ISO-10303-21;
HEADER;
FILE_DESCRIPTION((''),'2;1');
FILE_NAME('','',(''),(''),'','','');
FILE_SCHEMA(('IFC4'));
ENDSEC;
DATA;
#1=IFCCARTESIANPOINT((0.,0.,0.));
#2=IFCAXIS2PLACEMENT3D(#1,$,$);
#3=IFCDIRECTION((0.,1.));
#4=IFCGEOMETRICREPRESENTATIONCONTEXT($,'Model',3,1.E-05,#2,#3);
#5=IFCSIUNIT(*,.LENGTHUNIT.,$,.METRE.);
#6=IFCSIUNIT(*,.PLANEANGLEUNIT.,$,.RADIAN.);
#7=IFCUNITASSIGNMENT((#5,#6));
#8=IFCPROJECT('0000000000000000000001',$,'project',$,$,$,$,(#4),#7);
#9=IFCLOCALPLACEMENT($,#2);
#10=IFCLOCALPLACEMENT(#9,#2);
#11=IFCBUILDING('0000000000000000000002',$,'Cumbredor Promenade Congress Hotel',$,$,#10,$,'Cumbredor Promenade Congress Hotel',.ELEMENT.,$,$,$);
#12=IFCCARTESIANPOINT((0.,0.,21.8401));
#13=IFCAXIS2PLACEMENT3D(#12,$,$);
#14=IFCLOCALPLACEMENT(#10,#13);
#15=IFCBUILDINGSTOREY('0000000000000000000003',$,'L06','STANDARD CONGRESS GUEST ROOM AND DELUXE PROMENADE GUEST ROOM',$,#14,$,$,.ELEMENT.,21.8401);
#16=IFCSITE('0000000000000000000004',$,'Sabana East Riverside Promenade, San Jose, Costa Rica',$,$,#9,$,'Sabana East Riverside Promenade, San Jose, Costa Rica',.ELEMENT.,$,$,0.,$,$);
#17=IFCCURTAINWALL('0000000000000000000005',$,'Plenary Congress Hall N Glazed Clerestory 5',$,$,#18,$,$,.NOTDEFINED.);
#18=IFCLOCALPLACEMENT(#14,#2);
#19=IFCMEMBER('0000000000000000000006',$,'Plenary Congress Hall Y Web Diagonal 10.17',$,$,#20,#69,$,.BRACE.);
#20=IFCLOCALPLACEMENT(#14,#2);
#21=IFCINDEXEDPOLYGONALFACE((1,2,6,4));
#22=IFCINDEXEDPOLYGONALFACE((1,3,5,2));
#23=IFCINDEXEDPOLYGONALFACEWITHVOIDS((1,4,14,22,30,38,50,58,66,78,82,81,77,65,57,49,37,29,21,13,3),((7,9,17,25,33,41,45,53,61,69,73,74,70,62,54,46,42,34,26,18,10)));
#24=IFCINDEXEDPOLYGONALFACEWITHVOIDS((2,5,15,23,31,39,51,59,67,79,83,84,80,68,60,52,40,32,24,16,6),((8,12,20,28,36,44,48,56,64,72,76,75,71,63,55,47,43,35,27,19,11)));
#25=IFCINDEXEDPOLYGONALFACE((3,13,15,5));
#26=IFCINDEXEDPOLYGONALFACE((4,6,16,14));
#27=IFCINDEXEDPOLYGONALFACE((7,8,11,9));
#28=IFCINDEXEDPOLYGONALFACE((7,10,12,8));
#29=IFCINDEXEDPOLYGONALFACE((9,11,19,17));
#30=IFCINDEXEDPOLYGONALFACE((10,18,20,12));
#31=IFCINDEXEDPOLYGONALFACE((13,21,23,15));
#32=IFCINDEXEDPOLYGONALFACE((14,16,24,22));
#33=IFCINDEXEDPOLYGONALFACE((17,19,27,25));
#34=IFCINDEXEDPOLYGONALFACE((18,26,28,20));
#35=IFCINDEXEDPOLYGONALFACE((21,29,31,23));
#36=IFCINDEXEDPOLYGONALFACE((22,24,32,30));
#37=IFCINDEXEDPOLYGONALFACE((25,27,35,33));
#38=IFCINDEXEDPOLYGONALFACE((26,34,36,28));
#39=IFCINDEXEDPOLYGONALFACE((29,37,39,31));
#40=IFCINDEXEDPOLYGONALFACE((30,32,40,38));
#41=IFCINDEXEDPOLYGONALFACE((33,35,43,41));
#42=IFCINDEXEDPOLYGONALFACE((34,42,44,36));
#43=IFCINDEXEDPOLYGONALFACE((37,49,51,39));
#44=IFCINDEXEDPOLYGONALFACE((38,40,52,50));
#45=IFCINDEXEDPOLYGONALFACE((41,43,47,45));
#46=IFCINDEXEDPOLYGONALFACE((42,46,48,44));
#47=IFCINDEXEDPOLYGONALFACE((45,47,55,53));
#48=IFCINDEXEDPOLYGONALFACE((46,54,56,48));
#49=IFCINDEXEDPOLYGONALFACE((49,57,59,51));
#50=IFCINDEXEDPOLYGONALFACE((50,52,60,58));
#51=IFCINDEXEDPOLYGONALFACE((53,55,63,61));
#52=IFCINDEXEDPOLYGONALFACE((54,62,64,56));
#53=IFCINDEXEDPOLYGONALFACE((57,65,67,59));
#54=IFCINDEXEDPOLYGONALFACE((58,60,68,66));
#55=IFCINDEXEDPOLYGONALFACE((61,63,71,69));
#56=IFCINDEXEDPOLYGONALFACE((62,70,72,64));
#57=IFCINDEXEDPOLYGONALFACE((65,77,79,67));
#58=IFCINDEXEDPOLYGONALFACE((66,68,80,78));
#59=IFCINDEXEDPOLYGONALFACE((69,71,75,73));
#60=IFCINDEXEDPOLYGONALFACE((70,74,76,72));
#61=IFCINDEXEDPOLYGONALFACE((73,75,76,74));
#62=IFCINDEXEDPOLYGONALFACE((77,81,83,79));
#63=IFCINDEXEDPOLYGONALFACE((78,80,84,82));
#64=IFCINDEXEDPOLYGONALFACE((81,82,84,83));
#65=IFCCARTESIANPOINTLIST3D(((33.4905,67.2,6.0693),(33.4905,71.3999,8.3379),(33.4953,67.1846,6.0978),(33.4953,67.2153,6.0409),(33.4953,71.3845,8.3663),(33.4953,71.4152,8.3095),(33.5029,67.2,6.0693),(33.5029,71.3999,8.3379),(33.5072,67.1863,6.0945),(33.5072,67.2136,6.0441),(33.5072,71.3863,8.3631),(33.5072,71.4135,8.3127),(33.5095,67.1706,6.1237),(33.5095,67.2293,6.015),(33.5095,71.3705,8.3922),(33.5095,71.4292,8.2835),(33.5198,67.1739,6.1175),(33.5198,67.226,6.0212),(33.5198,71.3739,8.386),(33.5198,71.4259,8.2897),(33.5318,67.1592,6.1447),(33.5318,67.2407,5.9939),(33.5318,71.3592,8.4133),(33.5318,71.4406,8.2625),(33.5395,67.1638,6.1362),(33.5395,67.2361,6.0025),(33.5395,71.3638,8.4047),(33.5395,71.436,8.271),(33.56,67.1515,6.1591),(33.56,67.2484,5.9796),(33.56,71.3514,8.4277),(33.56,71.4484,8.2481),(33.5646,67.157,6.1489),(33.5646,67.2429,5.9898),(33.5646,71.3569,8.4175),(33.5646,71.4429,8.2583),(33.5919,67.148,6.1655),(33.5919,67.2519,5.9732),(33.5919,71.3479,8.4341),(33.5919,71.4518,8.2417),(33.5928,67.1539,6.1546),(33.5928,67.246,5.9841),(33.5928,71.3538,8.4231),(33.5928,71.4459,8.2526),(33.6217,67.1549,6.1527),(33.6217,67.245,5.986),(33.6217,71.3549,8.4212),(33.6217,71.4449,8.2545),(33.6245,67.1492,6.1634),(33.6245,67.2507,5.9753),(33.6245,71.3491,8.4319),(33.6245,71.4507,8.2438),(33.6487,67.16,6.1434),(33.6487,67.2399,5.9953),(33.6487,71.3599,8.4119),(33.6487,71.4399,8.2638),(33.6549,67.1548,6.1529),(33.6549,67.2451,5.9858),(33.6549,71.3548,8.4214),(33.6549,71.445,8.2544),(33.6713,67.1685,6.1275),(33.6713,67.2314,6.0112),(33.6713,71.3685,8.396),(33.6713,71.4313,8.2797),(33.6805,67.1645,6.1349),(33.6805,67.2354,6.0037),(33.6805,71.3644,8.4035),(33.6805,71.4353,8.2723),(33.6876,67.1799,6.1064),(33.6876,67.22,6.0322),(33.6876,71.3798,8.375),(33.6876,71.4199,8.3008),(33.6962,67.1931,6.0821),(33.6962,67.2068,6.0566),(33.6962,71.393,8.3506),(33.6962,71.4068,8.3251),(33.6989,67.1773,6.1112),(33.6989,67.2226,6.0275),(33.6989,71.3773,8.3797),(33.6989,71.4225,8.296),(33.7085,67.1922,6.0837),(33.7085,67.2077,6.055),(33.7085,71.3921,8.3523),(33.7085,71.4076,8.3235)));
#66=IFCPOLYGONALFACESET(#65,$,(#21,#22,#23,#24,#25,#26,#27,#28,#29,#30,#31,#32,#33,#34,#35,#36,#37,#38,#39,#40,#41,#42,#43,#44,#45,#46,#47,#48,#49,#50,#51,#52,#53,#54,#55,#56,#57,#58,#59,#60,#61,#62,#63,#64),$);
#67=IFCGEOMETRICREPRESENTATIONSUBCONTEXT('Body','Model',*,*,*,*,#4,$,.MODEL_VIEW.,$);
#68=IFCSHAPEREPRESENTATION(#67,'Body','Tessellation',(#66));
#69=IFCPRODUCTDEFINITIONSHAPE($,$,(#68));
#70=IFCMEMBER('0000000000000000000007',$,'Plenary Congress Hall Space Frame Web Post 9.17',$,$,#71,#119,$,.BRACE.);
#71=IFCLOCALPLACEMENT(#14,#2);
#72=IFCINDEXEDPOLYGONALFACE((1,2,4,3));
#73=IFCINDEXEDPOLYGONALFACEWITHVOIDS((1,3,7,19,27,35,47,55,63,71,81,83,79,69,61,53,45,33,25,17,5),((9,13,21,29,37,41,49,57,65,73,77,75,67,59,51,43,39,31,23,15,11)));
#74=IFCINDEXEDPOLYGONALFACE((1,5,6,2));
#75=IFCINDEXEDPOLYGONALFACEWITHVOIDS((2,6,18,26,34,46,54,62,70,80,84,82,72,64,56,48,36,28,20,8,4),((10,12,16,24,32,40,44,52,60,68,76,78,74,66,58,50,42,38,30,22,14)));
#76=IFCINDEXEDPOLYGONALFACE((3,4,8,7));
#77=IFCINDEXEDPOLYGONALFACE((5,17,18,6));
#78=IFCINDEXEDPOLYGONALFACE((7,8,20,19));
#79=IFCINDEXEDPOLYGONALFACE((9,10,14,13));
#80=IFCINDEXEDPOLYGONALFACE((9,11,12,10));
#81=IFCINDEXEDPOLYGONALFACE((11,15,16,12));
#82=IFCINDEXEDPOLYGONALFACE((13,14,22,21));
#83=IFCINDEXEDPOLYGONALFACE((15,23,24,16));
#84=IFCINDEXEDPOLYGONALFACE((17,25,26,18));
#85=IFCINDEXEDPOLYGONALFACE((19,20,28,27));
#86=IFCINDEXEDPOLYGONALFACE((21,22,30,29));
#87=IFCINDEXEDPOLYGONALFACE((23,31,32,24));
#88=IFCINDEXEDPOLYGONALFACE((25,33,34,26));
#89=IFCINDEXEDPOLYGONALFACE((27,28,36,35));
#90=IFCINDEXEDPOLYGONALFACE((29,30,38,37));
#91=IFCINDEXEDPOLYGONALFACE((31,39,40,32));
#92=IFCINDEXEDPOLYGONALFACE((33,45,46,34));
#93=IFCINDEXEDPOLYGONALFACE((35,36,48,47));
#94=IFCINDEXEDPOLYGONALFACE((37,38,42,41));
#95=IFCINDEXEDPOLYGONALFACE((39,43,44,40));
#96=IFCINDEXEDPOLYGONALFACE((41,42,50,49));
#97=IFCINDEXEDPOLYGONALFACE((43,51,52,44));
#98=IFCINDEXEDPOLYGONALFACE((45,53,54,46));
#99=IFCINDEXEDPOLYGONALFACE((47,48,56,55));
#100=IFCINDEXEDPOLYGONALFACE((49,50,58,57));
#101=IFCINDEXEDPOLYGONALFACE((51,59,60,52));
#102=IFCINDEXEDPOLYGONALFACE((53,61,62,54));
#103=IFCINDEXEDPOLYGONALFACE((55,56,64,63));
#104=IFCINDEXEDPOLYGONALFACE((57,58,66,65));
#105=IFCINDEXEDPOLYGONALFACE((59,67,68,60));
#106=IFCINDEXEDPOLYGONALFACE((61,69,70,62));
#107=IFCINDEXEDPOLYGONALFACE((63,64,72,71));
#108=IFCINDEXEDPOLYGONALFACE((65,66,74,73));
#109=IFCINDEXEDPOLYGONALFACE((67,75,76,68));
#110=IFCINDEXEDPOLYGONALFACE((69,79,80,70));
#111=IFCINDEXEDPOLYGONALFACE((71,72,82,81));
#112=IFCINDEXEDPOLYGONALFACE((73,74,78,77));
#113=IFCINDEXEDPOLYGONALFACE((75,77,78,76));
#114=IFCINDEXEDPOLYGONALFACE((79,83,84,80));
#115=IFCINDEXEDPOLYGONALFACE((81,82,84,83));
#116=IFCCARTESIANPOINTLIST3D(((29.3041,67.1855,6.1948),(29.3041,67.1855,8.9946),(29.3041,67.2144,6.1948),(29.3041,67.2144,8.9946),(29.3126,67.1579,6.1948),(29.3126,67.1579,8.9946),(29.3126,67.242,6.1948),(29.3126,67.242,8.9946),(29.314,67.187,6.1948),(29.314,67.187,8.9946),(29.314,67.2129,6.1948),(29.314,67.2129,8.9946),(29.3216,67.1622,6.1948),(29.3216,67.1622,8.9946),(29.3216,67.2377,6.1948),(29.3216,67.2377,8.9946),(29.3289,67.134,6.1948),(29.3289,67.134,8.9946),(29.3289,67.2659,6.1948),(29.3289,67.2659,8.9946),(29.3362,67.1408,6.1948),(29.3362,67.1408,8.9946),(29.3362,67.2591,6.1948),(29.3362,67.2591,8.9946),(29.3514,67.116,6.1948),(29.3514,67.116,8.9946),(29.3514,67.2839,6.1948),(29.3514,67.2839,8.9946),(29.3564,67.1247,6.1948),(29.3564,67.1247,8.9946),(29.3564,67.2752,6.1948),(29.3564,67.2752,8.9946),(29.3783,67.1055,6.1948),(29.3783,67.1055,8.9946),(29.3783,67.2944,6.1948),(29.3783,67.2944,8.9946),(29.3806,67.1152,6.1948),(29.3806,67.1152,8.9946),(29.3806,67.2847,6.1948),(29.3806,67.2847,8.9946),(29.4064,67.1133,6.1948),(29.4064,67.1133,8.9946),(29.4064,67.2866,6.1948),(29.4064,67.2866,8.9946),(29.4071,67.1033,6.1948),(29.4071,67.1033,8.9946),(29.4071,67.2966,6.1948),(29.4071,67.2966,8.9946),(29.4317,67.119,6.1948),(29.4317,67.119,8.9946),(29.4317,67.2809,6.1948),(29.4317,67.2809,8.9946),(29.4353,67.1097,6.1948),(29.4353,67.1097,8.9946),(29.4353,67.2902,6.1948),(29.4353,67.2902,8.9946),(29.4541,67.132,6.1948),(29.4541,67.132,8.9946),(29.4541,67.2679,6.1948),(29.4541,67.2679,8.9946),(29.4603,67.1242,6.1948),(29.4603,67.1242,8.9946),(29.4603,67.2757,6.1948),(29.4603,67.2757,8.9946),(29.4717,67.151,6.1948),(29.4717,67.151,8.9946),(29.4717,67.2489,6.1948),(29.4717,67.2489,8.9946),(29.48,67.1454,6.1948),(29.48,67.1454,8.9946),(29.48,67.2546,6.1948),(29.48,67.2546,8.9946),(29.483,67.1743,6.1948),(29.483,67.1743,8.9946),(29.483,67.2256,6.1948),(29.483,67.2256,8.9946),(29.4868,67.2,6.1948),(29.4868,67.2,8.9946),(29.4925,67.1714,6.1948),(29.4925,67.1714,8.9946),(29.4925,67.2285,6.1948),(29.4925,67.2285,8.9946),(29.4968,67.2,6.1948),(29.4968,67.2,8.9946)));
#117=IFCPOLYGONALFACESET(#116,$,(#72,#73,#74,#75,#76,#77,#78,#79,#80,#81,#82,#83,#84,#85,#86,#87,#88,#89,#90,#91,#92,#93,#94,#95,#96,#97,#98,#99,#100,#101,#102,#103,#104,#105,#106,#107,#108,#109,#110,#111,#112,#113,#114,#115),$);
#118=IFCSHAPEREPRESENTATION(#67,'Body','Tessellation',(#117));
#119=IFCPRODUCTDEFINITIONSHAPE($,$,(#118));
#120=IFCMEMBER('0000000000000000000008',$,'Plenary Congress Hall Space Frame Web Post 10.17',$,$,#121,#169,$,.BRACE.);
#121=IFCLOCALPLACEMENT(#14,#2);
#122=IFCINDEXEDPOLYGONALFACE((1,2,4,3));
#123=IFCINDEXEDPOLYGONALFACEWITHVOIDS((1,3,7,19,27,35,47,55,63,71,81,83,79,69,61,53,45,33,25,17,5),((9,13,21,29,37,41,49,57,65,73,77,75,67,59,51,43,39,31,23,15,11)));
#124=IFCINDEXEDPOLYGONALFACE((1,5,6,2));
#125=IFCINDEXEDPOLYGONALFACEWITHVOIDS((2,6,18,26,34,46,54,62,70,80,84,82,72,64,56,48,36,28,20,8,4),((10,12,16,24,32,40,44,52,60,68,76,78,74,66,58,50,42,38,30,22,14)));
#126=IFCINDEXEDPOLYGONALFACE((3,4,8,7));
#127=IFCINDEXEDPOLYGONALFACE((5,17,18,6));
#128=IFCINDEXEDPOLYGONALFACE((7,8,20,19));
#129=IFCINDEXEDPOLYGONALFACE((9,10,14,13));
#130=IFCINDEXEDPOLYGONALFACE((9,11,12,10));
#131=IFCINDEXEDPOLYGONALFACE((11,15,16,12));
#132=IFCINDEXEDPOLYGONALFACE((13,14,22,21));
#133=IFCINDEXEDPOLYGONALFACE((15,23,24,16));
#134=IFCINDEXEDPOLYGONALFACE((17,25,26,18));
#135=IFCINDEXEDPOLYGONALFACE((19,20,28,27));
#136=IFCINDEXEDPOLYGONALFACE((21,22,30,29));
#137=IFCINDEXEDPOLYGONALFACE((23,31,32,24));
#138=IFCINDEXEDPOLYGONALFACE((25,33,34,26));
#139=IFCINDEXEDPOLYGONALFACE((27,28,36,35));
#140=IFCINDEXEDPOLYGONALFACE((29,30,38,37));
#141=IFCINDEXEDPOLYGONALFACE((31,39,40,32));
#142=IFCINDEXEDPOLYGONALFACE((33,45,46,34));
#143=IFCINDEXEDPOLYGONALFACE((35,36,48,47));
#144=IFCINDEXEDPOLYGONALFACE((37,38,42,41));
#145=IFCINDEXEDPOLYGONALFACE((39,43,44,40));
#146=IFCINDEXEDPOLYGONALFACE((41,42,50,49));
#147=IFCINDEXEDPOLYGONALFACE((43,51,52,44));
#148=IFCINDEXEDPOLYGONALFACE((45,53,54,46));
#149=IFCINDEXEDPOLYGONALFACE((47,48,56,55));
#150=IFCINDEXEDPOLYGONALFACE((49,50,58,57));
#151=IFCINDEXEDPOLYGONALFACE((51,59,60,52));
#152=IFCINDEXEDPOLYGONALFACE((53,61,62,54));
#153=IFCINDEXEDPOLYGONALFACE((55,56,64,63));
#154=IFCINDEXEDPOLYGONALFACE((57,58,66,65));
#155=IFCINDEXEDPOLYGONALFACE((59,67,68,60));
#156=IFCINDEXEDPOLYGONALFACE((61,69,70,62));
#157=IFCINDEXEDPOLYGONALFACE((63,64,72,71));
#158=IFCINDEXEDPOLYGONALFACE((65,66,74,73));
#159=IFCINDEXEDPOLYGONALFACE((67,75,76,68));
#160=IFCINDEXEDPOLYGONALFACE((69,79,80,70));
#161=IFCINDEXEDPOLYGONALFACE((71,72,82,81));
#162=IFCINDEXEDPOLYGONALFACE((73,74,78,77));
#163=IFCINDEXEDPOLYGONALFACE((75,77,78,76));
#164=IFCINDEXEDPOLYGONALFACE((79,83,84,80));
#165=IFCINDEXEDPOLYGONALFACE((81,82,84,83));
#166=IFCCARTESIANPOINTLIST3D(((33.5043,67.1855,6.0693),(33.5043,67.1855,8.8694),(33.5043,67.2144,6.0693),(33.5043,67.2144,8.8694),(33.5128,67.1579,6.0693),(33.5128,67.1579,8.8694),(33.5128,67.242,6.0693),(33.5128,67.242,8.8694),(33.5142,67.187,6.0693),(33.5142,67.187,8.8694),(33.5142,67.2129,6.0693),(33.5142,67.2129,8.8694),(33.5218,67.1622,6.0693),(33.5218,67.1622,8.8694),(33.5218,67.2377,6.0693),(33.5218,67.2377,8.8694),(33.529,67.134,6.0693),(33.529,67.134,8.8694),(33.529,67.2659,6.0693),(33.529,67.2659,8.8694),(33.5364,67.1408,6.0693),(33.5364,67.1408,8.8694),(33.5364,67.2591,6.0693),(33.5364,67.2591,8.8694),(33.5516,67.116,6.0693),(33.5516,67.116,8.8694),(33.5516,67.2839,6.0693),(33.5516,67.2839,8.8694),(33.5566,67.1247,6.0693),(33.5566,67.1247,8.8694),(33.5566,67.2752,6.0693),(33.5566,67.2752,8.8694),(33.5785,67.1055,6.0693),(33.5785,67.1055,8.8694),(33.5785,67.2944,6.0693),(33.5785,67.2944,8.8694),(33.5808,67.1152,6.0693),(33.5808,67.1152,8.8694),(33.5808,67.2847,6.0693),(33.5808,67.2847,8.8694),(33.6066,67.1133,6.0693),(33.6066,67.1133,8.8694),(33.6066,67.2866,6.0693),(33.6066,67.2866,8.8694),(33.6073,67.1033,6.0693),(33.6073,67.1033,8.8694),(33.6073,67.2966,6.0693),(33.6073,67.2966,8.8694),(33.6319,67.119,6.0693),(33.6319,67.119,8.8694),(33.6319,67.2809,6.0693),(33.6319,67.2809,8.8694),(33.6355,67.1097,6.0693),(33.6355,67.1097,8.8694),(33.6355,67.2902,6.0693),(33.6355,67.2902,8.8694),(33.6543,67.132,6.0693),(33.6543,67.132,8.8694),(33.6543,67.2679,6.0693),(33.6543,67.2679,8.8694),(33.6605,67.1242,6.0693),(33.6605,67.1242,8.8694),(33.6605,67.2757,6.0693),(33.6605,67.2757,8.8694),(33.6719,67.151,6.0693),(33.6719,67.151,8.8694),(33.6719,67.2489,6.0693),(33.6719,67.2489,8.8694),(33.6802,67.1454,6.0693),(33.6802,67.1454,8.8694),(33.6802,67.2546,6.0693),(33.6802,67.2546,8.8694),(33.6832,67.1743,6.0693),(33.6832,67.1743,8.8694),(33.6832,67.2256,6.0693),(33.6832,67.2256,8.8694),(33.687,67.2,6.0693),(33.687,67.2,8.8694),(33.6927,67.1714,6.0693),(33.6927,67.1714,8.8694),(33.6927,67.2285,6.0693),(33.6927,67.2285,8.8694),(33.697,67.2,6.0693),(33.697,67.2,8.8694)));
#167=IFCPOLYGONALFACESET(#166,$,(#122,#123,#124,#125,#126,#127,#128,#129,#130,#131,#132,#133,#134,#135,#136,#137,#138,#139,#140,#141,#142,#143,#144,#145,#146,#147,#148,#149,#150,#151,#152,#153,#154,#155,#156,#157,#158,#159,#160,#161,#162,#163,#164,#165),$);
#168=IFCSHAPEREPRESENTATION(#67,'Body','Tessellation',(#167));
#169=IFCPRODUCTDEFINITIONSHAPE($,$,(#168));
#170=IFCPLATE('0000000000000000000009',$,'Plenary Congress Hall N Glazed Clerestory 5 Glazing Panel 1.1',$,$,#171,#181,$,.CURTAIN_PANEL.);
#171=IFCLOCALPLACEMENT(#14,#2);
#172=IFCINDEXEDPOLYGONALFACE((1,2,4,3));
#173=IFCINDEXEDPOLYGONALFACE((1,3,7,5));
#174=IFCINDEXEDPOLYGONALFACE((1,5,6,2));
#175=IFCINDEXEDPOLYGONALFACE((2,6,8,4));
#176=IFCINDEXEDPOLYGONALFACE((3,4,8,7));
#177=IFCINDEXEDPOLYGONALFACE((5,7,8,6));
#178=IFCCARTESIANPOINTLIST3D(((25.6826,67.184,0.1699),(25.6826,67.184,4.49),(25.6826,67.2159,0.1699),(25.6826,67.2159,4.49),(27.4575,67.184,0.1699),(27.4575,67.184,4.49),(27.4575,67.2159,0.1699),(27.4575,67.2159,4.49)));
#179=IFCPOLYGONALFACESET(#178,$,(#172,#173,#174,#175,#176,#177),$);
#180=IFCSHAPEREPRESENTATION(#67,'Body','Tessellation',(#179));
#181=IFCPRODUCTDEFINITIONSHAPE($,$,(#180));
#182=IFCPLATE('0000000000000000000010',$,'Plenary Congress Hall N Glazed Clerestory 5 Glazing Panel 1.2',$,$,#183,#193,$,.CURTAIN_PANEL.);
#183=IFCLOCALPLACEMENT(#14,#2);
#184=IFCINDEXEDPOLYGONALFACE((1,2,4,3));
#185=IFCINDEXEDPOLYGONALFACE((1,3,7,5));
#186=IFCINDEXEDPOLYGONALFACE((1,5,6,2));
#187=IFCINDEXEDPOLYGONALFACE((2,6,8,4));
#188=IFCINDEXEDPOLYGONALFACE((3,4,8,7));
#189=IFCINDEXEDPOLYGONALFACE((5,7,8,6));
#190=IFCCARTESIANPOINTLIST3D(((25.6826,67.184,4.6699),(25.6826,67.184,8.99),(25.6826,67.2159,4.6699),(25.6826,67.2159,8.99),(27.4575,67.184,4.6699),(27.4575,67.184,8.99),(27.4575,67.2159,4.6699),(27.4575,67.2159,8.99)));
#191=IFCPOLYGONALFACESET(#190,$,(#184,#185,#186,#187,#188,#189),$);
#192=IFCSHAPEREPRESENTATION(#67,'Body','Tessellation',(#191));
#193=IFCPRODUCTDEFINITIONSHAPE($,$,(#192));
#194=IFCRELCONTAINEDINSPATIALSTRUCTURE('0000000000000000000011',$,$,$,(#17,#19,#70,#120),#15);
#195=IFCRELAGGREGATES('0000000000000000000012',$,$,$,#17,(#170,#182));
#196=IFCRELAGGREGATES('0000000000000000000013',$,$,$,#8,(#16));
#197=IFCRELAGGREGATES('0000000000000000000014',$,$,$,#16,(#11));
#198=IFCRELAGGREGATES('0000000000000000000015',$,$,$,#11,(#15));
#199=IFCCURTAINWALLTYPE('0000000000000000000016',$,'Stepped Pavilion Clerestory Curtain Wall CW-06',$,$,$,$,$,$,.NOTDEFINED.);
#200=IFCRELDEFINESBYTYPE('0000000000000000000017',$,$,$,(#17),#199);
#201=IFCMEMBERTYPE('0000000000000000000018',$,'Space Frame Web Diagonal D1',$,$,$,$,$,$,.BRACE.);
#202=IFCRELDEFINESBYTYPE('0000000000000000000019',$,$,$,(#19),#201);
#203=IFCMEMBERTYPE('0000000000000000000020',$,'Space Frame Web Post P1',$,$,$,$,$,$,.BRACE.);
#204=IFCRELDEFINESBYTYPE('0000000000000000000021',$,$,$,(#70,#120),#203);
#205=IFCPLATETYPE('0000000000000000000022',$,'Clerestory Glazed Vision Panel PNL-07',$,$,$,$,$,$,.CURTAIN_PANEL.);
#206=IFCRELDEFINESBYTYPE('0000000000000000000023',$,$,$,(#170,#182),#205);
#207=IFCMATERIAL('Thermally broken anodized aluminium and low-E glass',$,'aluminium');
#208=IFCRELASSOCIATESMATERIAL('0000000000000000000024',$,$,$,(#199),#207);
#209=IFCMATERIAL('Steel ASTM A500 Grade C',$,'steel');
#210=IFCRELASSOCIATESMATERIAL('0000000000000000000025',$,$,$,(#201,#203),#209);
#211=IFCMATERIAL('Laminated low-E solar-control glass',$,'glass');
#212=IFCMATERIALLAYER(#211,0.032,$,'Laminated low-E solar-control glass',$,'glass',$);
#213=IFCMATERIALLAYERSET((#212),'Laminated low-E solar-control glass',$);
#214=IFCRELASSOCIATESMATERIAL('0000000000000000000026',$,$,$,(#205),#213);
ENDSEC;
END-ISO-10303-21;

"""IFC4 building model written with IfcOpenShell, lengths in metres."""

from ifc_helpers import new_model, si_unit, direction, frame, origin, origin_2d, place, context, subcontext, project, spatial, rectangle, hollow_circle, extrude, material, layer, layer_set, material_profile, profile_set, type_object, element, aggregate, save


model = new_model("IFC4")

# Units and contexts
model_context = context("Model", 3, precision=1e-05, world=origin(), true_north=direction((0.0, 1.0)))
body_context = subcontext(model_context, "Body", "Model", "MODEL_VIEW")
ifc_project = project(units=[si_unit("LENGTHUNIT", "METRE"), si_unit("PLANEANGLEUNIT", "RADIAN")], contexts=[model_context])

# Site, building, storey
site_placement = place(None, origin())
site = spatial("IfcSite", under=ifc_project, at=site_placement, Name="Sabana East Riverside Promenade, San Jose, Costa Rica", LongName="Sabana East Riverside Promenade, San Jose, Costa Rica", CompositionType="ELEMENT", RefElevation=0.0)
building_placement = place(site_placement, origin())
building = spatial("IfcBuilding", under=site, at=building_placement, Name="Cumbredor Promenade Congress Hotel", LongName="Cumbredor Promenade Congress Hotel", CompositionType="ELEMENT")
storey_placement = place(building_placement, frame((0.0, 0.0, 21.8401)))
storey = spatial("IfcBuildingStorey", under=building, at=storey_placement, Name="L06", Description="STANDARD CONGRESS GUEST ROOM AND DELUXE PROMENADE GUEST ROOM", CompositionType="ELEMENT", Elevation=21.8401)

# Curtain wall
ifc_material_1 = material(Name="Thermally broken anodized aluminium and low-E glass", Category="aluminium")
curtain_wall_type = type_object("IfcCurtainWallType", Name="Stepped Pavilion Clerestory Curtain Wall CW-06", PredefinedType="NOTDEFINED", material=ifc_material_1)
curtain_wall_1_placement = place(storey_placement, origin())
curtain_wall_1 = element("IfcCurtainWall", 1, at=curtain_wall_1_placement, inside=storey, type_object=curtain_wall_type, Name="Plenary Congress Hall N Glazed Clerestory 5", PredefinedType="NOTDEFINED")

# Members
ifc_material_2 = material(Name="Steel ASTM A500 Grade C", Category="steel")
ifc_material_profile_1 = material_profile(ifc_material_2, hollow_circle(Radius=0.1096, WallThickness=0.0125, at=origin_2d()), Name="CHS 219.1x12.5")
ifc_profile_set_1 = profile_set([ifc_material_profile_1], Name="Steel ASTM A500 Grade C")
member_type_1 = type_object("IfcMemberType", Name="Space Frame Web Diagonal D1", PredefinedType="BRACE", material=ifc_profile_set_1)
member_1_placement = place(storey_placement, frame((33.6001, 67.2, 6.0693), z_axis=(0.0, 0.879855, 0.475243), x_axis=(-1.0, 0.0, 0.0)))
element("IfcMember", 2, at=member_1_placement, inside=storey, type_object=member_type_1, Name="Plenary Congress Hall Y Web Diagonal 10.17", PredefinedType="BRACE", context=body_context, shape_type="SweptSolid", body=[
    extrude(hollow_circle(Radius=0.1096, WallThickness=0.0125, at=origin_2d()), origin(), (0.0, 0.0, 1.0), 4.7734),
])
ifc_material_profile_2 = material_profile(ifc_material_2, hollow_circle(Radius=0.0969, WallThickness=0.01, at=origin_2d()), Name="CHS 193.7x10")
ifc_profile_set_2 = profile_set([ifc_material_profile_2], Name="Steel ASTM A500 Grade C")
member_type_2 = type_object("IfcMemberType", Name="Space Frame Web Post P1", PredefinedType="BRACE", material=ifc_profile_set_2)
member_2_placement = place(storey_placement, frame((29.3999, 67.2, 6.1948), z_axis=(0.0, 0.0, 1.0), x_axis=(1.0, 0.0, 0.0)))
element("IfcMember", 3, at=member_2_placement, inside=storey, type_object=member_type_2, Name="Plenary Congress Hall Space Frame Web Post 9.17", PredefinedType="BRACE", context=body_context, shape_type="SweptSolid", body=[
    extrude(hollow_circle(Radius=0.0969, WallThickness=0.01, at=origin_2d()), origin(), (0.0, 0.0, 1.0), 2.7998),
])
member_3_placement = place(storey_placement, frame((33.6001, 67.2, 6.0693), z_axis=(0.0, 0.0, 1.0), x_axis=(1.0, 0.0, 0.0)))
element("IfcMember", 4, at=member_3_placement, inside=storey, type_object=member_type_2, Name="Plenary Congress Hall Space Frame Web Post 10.17", PredefinedType="BRACE", context=body_context, shape_type="SweptSolid", body=[
    extrude(hollow_circle(Radius=0.0969, WallThickness=0.01, at=origin_2d()), origin(), (0.0, 0.0, 1.0), 2.8),
])

# Plates
ifc_material_3 = material(Name="Laminated low-E solar-control glass", Category="glass")
ifc_layer_1 = layer(ifc_material_3, 0.032, Name="Laminated low-E solar-control glass", Category="glass")
ifc_layer_set_1 = layer_set([ifc_layer_1], Name="Laminated low-E solar-control glass")
plate_type_1 = type_object("IfcPlateType", Name="Clerestory Glazed Vision Panel PNL-07", PredefinedType="CURTAIN_PANEL", material=ifc_layer_set_1)
plate_1_placement = place(storey_placement, frame((26.5701, 67.2, 0.1699), z_axis=(0.0, 0.0, 1.0), x_axis=(1.0, 0.0, 0.0)))
plate_1 = element("IfcPlate", 5, at=plate_1_placement, type_object=plate_type_1, Name="Plenary Congress Hall N Glazed Clerestory 5 Glazing Panel 1.1", PredefinedType="CURTAIN_PANEL", context=body_context, shape_type="SweptSolid", body=[
    extrude(rectangle(XDim=1.7749, YDim=0.032, at=origin_2d()), origin(), (0.0, 0.0, 1.0), 4.3201),
])
plate_2_placement = place(storey_placement, frame((26.5701, 67.2, 4.6699), z_axis=(0.0, 0.0, 1.0), x_axis=(1.0, 0.0, 0.0)))
plate_2 = element("IfcPlate", 6, at=plate_2_placement, type_object=plate_type_1, Name="Plenary Congress Hall N Glazed Clerestory 5 Glazing Panel 1.2", PredefinedType="CURTAIN_PANEL", context=body_context, shape_type="SweptSolid", body=[
    extrude(rectangle(XDim=1.7749, YDim=0.032, at=origin_2d()), origin(), (0.0, 0.0, 1.0), 4.3201),
])
aggregate(curtain_wall_1, [plate_1, plate_2])

save(model, "model.ifc")
